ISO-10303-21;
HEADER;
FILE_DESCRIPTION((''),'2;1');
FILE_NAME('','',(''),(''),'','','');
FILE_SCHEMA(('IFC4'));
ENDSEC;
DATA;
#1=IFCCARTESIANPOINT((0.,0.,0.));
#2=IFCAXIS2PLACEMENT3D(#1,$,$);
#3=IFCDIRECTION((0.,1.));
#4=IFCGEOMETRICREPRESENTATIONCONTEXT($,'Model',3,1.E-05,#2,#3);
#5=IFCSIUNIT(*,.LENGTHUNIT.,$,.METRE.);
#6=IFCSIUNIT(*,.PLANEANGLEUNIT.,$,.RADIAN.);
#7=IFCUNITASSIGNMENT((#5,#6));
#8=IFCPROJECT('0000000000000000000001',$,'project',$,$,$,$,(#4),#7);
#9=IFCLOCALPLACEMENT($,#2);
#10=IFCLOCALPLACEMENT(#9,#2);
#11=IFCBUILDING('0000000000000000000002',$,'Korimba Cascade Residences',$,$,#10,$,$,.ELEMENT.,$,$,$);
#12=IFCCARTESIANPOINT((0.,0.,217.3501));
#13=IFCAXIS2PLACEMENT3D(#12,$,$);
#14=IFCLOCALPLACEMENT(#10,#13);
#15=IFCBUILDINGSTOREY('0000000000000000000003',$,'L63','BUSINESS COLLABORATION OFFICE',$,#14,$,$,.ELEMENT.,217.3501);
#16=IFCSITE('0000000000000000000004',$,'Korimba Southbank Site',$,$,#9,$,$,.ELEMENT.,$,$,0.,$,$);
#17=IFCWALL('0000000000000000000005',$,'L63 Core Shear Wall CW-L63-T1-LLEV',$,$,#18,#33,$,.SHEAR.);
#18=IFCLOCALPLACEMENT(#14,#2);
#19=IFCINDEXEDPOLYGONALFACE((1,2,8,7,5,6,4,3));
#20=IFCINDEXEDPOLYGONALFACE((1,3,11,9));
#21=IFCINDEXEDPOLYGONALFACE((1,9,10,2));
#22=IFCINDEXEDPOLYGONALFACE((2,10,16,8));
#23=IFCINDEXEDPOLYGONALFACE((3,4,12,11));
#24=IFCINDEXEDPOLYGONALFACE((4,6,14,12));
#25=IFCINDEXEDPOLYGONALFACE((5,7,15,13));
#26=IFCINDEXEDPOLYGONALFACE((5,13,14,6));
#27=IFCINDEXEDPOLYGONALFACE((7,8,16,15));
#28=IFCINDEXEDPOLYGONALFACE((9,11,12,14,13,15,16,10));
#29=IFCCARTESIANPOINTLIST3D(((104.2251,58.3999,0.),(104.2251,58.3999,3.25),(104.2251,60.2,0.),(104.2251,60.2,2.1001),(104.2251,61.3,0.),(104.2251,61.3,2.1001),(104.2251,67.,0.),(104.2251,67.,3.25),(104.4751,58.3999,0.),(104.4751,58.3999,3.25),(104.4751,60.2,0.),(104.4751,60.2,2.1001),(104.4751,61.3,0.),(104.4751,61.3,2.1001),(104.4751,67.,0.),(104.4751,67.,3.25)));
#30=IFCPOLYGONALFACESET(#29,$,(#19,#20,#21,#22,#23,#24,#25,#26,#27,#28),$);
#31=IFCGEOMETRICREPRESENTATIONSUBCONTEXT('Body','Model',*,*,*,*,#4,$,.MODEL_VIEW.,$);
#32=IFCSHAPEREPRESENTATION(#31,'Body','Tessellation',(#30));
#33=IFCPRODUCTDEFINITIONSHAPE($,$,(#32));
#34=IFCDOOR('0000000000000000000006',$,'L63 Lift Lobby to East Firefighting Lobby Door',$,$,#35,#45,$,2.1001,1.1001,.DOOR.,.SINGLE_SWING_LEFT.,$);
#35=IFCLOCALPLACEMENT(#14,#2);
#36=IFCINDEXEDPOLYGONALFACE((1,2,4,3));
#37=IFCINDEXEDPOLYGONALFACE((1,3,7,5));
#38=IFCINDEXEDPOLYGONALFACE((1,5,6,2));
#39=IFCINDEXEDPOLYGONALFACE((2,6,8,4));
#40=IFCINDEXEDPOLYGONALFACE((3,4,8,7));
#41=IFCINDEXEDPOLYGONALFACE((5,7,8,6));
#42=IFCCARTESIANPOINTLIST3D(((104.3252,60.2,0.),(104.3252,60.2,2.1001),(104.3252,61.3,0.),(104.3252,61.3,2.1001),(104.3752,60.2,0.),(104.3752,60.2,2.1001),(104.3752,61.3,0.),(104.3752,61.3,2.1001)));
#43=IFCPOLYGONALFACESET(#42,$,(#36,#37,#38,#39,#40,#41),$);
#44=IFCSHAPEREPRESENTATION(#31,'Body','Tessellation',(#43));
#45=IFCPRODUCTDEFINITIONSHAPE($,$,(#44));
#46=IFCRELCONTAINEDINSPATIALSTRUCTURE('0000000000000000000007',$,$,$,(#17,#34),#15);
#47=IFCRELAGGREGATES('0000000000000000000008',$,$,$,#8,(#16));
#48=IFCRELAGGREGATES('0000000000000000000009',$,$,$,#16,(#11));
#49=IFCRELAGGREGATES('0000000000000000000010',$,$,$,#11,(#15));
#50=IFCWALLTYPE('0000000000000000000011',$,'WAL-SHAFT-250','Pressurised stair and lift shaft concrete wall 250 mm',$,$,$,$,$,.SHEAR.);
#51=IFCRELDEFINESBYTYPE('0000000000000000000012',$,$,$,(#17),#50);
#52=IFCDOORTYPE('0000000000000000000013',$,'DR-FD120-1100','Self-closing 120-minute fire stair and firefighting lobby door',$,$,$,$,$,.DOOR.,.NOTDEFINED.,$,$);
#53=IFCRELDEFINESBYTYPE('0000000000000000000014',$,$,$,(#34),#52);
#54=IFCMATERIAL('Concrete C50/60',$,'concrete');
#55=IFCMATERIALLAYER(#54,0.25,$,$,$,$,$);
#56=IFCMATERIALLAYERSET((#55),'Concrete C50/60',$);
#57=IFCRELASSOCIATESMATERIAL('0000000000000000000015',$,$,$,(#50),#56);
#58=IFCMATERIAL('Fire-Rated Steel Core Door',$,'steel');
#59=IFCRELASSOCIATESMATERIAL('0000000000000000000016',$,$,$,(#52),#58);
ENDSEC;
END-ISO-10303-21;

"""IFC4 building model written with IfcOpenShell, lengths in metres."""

from ifc_helpers import new_model, si_unit, direction, frame, frame_2d, origin, place, context, subcontext, project, spatial, rectangle, extrude, material, layer, layer_set, type_object, element, fill, save


model = new_model("IFC4")

# Units and contexts
model_context = context("Model", 3, precision=1e-05, world=origin(), true_north=direction((0.0, 1.0)))
body_context = subcontext(model_context, "Body", "Model", "MODEL_VIEW")
ifc_project = project(units=[si_unit("LENGTHUNIT", "METRE"), si_unit("PLANEANGLEUNIT", "RADIAN")], contexts=[model_context])

# Site, building, storey
site_placement = place(None, origin())
site = spatial("IfcSite", under=ifc_project, at=site_placement, Name="Korimba Southbank Site", CompositionType="ELEMENT", RefElevation=0.0)
building_placement = place(site_placement, origin())
building = spatial("IfcBuilding", under=site, at=building_placement, Name="Korimba Cascade Residences", CompositionType="ELEMENT")
storey_placement = place(building_placement, frame((0.0, 0.0, 217.3501)))
storey = spatial("IfcBuildingStorey", under=building, at=storey_placement, Name="L63", Description="BUSINESS COLLABORATION OFFICE", CompositionType="ELEMENT", Elevation=217.3501)

# Shared definitions
ifc_material_1 = material(Name="Concrete C50/60", Category="concrete")
ifc_layer_1 = layer(ifc_material_1, 0.25)
ifc_layer_set_1 = layer_set([ifc_layer_1], Name="Concrete C50/60")
wall_type_1 = type_object("IfcWallType", Name="WAL-SHAFT-250", Description="Pressurised stair and lift shaft concrete wall 250 mm", PredefinedType="SHEAR", material=ifc_layer_set_1)

# Wall, opening, door
wall_1_placement = place(storey_placement, frame((104.3501, 58.3999, 0.0), z_axis=(0.0, 0.0, 1.0), x_axis=(0.0, 1.0, 0.0)))
wall_1 = element("IfcWall", 1, at=wall_1_placement, inside=storey, type_object=wall_type_1, Name="L63 Core Shear Wall CW-L63-T1-LLEV", PredefinedType="SHEAR", context=body_context, shape_type="SweptSolid", body=[
    extrude(rectangle(XDim=8.6001, YDim=0.25, at=frame_2d((4.3, 0.0))), origin(), (0.0, 0.0, 1.0), 3.25),
])
opening_1_placement = place(wall_1_placement, frame((1.8, 0.0, 0.0)))
opening_1 = element("IfcOpeningElement", 2, at=opening_1_placement, cuts=wall_1, PredefinedType="OPENING", context=body_context, shape_type="SweptSolid", body=[
    extrude(rectangle(XDim=1.1001, YDim=2.1001, at=frame_2d((0.55, 1.05))), frame((0.0, 0.135, 0.0), z_axis=(0.0, -1.0, 0.0), x_axis=(1.0, 0.0, 0.0)), (0.0, 0.0, 1.0), 0.27),
])
ifc_material_2 = material(Name="Fire-Rated Steel Core Door", Category="steel")
door_type_1 = type_object("IfcDoorType", Name="DR-FD120-1100", Description="Self-closing 120-minute fire stair and firefighting lobby door", OperationType="NOTDEFINED", PredefinedType="DOOR", material=ifc_material_2)
door_1_placement = place(opening_1_placement, origin())
door_1 = element("IfcDoor", 3, at=door_1_placement, inside=storey, type_object=door_type_1, Name="L63 Lift Lobby to East Firefighting Lobby Door", OperationType="SINGLE_SWING_LEFT", OverallHeight=2.1001, OverallWidth=1.1001, PredefinedType="DOOR", context=body_context, shape_type="SweptSolid", body=[
    extrude(rectangle(XDim=1.1001, YDim=2.1001, at=frame_2d((0.55, 1.05))), frame((0.0, 0.0249, 0.0), z_axis=(0.0, -1.0, 0.0), x_axis=(1.0, 0.0, 0.0)), (0.0, 0.0, 1.0), 0.05),
])
fill(opening_1, door_1)

save(model, "model.ifc")
